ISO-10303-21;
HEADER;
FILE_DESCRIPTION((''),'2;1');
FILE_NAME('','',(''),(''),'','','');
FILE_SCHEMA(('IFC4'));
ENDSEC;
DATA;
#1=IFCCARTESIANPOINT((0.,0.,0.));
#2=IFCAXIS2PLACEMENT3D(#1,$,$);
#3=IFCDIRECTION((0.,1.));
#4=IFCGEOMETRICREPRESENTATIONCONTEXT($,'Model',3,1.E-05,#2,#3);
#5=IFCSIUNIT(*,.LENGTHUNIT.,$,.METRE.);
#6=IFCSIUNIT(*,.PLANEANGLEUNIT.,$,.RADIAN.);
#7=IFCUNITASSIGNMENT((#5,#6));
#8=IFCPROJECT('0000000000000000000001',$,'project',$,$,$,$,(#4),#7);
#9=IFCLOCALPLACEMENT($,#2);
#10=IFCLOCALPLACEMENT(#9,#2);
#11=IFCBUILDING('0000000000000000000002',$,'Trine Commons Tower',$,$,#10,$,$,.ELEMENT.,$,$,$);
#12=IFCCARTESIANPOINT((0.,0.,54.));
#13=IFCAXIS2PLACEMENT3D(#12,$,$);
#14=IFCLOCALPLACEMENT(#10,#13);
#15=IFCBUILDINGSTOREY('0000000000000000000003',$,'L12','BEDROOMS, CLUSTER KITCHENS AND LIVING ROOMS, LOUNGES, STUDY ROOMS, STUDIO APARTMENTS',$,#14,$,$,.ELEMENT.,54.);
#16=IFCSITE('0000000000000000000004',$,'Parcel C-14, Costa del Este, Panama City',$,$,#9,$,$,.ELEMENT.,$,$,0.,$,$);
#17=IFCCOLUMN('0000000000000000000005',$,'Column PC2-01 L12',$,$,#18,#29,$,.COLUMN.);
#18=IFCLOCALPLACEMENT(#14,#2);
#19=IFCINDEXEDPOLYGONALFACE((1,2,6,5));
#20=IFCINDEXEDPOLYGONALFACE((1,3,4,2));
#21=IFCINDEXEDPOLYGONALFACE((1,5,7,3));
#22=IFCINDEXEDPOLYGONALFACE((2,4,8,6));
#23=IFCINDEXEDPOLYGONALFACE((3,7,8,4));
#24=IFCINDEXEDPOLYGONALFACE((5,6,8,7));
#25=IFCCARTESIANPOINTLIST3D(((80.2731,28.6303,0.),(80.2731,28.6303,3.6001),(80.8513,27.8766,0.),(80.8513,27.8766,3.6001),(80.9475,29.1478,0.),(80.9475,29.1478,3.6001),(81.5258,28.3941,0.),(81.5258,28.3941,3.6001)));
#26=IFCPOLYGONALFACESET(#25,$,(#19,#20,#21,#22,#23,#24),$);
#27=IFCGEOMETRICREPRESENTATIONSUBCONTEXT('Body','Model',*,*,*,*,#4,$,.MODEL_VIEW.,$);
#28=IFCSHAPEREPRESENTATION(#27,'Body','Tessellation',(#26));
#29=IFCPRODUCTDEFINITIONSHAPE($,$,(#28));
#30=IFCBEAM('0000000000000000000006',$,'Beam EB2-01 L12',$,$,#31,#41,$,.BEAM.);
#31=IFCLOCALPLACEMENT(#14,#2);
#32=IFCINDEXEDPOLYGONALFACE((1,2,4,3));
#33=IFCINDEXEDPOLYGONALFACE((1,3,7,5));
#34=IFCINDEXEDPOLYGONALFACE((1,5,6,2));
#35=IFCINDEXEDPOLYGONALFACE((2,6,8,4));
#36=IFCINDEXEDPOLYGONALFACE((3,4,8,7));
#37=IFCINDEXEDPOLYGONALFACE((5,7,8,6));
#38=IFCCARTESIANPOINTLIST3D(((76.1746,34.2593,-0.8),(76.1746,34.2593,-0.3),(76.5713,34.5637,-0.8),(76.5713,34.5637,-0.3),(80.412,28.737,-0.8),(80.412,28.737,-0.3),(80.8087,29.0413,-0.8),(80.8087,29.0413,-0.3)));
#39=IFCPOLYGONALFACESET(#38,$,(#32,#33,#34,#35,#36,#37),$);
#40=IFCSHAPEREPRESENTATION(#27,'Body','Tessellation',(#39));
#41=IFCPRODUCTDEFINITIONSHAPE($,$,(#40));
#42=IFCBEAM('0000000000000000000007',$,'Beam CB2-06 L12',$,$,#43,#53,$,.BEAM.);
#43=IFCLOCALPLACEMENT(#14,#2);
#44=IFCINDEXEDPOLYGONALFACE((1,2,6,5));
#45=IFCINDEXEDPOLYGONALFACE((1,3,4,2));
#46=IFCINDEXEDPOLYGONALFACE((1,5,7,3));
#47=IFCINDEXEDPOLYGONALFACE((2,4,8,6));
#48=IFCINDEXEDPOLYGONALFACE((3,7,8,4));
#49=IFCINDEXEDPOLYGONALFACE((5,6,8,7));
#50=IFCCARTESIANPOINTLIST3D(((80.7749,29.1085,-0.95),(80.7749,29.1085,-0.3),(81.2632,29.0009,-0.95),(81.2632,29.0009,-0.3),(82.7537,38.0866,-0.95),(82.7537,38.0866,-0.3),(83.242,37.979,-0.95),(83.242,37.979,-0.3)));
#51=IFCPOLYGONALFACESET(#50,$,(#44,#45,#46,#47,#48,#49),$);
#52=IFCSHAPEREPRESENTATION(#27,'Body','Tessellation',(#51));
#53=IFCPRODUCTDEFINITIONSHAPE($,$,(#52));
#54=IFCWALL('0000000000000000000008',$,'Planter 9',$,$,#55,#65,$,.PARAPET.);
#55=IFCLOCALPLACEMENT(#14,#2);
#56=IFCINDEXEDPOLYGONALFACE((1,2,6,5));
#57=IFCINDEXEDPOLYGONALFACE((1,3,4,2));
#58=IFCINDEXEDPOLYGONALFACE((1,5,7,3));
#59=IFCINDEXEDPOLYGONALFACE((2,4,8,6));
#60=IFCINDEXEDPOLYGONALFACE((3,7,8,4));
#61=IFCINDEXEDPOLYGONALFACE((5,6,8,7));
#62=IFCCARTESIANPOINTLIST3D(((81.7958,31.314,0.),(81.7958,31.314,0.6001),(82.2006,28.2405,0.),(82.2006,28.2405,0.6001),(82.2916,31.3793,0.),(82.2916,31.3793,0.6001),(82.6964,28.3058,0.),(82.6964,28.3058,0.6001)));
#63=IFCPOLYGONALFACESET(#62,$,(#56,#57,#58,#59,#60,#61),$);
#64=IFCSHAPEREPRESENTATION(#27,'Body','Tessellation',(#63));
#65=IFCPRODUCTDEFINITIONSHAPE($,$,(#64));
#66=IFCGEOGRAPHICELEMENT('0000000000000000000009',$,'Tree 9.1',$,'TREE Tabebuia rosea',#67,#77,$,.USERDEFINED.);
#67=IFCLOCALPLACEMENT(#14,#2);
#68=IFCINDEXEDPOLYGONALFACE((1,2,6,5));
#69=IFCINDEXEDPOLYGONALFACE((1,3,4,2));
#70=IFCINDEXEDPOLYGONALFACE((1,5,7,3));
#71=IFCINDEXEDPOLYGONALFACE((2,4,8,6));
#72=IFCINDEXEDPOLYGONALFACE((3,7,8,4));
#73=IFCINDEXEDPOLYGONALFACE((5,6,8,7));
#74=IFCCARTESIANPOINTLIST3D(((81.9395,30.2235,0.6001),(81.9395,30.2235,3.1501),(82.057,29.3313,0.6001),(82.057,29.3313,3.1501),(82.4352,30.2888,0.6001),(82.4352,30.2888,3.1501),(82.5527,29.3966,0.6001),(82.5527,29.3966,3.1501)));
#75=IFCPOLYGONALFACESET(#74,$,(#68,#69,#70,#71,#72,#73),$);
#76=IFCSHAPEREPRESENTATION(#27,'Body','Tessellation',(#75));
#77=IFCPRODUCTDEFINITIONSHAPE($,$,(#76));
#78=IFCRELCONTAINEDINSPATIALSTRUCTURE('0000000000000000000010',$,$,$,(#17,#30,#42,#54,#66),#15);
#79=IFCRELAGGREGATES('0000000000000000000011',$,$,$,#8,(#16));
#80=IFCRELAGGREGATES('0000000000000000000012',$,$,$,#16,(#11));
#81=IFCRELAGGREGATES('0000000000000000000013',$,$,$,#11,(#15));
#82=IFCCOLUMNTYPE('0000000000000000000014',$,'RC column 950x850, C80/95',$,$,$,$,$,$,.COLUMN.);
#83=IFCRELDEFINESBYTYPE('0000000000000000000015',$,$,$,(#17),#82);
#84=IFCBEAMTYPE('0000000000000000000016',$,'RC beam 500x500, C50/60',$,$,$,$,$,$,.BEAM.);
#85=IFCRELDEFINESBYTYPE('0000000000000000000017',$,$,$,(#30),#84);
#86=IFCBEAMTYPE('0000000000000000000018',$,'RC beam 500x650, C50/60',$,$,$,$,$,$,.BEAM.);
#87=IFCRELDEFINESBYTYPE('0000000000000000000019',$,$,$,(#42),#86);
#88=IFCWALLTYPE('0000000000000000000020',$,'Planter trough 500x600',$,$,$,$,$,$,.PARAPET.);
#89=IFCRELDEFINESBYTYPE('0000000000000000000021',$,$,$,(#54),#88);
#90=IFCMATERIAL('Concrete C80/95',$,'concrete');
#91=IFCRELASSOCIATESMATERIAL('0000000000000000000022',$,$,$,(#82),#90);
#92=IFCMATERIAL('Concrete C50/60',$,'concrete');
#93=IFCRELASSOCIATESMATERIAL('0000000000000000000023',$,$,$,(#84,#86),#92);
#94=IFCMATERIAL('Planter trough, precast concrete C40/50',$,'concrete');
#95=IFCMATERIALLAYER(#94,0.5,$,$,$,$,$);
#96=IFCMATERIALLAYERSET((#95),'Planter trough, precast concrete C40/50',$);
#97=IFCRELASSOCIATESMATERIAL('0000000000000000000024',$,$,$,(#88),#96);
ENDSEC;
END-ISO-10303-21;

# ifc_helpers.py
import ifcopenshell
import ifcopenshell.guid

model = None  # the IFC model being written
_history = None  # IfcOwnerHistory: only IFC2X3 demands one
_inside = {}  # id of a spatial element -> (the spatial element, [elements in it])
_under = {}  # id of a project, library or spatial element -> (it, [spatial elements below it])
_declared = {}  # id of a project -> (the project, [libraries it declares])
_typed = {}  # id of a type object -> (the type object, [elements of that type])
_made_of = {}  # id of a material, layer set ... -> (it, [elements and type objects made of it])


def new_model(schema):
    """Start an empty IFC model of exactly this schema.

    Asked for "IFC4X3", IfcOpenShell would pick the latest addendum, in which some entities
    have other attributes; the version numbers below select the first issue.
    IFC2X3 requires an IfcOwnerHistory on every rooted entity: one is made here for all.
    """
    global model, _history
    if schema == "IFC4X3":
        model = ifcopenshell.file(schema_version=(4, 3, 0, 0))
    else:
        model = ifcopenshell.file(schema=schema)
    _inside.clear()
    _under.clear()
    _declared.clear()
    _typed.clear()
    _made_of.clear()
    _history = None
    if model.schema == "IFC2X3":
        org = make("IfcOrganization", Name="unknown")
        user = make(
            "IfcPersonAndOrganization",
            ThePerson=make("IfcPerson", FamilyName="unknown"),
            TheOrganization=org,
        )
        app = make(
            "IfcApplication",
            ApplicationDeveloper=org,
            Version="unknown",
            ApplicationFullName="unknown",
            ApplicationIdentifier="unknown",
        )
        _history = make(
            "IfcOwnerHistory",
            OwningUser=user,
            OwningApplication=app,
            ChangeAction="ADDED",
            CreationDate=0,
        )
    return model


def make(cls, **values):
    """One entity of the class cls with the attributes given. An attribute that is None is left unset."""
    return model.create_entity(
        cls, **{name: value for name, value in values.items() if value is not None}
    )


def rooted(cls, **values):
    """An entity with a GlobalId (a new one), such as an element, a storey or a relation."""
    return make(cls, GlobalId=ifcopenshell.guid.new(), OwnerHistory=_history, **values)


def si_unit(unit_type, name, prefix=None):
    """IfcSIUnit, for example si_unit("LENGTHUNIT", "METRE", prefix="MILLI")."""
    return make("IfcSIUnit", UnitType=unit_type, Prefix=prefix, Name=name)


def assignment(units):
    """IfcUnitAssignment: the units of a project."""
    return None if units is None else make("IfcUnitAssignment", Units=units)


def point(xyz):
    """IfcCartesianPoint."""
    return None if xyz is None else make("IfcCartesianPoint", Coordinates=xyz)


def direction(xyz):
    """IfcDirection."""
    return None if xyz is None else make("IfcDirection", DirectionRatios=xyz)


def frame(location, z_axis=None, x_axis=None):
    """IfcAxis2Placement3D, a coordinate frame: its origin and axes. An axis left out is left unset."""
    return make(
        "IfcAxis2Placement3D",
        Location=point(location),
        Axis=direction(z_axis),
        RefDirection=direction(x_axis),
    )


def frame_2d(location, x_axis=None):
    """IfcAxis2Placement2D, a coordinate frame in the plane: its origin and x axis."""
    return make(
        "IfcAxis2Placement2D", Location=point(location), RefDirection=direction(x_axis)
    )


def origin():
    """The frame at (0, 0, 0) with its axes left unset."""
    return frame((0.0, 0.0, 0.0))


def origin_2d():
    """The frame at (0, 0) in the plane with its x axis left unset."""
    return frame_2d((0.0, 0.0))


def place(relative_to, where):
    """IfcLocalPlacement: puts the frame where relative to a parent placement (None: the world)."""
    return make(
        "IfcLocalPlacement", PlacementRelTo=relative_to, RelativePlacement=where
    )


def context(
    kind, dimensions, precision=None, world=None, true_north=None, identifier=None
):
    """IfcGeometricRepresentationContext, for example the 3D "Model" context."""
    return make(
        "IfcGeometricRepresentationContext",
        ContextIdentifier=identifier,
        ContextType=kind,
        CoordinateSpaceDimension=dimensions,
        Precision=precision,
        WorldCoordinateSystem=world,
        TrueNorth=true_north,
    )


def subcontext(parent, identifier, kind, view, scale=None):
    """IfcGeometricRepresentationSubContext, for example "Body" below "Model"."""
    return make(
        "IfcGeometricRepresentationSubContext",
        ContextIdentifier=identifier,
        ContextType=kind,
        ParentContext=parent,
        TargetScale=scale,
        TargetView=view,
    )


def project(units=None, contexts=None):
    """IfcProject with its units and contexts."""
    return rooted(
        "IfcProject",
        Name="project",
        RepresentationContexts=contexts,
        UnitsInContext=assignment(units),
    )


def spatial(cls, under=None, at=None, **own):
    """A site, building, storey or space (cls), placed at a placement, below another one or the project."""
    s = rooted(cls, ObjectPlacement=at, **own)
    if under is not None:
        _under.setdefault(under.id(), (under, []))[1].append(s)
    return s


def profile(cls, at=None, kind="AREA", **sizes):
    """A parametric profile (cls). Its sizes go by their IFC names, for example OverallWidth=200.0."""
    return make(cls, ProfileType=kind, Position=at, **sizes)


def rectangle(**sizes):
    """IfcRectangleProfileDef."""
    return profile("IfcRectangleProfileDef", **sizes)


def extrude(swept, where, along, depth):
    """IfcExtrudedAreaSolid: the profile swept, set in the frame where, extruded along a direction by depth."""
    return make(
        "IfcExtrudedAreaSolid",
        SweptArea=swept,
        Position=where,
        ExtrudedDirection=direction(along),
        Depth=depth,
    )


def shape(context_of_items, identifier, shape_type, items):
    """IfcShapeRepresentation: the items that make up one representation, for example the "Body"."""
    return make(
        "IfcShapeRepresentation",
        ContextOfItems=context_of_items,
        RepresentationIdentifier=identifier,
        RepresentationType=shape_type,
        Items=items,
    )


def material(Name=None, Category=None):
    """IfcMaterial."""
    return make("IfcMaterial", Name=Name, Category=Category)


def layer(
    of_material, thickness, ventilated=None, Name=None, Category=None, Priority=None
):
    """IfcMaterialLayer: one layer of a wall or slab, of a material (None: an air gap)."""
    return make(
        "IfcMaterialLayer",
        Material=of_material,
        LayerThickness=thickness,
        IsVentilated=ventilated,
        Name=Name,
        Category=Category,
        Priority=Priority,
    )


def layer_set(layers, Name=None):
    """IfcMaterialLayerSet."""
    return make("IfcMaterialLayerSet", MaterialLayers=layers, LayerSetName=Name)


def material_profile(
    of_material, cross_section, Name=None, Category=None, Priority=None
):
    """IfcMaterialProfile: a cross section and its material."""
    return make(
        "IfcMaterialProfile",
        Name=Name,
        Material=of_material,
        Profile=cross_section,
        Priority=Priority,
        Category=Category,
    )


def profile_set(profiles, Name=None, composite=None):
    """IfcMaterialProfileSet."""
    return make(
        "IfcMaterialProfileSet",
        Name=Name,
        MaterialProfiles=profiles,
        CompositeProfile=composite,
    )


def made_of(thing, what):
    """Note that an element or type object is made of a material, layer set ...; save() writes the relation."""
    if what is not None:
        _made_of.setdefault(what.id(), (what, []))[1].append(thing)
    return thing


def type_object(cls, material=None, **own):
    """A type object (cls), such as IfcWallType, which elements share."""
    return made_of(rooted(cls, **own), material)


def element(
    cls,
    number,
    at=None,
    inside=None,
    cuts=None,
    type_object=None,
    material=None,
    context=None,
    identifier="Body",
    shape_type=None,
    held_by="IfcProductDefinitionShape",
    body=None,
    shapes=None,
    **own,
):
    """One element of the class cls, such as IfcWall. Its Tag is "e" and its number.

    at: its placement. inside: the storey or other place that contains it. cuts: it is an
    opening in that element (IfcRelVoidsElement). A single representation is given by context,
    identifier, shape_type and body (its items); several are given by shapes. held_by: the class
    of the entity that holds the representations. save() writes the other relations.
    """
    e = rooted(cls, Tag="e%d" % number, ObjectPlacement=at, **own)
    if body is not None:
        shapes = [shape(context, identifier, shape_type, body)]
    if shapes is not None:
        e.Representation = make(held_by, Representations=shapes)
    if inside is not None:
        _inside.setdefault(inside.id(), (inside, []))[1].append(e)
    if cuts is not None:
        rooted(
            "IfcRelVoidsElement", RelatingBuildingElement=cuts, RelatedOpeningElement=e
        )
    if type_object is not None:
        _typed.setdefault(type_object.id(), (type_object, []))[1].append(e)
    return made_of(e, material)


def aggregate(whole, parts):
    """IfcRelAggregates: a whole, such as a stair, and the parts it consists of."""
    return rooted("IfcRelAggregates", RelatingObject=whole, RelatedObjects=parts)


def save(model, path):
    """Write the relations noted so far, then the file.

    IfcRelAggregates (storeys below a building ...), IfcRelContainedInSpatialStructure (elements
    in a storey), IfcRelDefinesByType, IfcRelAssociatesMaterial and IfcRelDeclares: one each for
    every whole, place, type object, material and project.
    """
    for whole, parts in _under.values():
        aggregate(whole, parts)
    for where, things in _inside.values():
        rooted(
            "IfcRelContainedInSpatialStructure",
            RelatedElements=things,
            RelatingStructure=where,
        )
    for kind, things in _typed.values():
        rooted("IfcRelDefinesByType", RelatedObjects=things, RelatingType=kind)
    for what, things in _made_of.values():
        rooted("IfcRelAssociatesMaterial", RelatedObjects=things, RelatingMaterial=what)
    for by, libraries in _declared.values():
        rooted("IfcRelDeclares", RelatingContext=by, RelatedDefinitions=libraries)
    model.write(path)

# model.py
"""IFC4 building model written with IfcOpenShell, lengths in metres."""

from ifc_helpers import new_model, si_unit, direction, frame, frame_2d, origin, origin_2d, place, context, subcontext, project, spatial, rectangle, extrude, material, layer, layer_set, material_profile, profile_set, type_object, element, save


model = new_model("IFC4")

# Units and contexts
model_context = context("Model", 3, precision=1e-05, world=origin(), true_north=direction((0.0, 1.0)))
body_context = subcontext(model_context, "Body", "Model", "MODEL_VIEW")
ifc_project = project(units=[si_unit("LENGTHUNIT", "METRE"), si_unit("PLANEANGLEUNIT", "RADIAN")], contexts=[model_context])

# Site, building, storey
site_placement = place(None, origin())
site = spatial("IfcSite", under=ifc_project, at=site_placement, Name="Parcel C-14, Costa del Este, Panama City", CompositionType="ELEMENT", RefElevation=0.0)
building_placement = place(site_placement, origin())
building = spatial("IfcBuilding", under=site, at=building_placement, Name="Trine Commons Tower", CompositionType="ELEMENT")
storey_placement = place(building_placement, frame((0.0, 0.0, 54.0)))
storey = spatial("IfcBuildingStorey", under=building, at=storey_placement, Name="L12", Description="BEDROOMS, CLUSTER KITCHENS AND LIVING ROOMS, LOUNGES, STUDY ROOMS, STUDIO APARTMENTS", CompositionType="ELEMENT", Elevation=54.0)

# Column
ifc_material_1 = material(Name="Concrete C80/95", Category="concrete")
ifc_material_profile_1 = material_profile(ifc_material_1, rectangle(XDim=0.95, YDim=0.8501, at=origin_2d()), Name="RC 950x850")
ifc_profile_set_1 = profile_set([ifc_material_profile_1], Name="Concrete C80/95")
column_type = type_object("IfcColumnType", Name="RC column 950x850, C80/95", PredefinedType="COLUMN", material=ifc_profile_set_1)
column_placement = place(storey_placement, frame((80.8994, 28.5122, 0.0), z_axis=(0.0, 0.0, 1.0), x_axis=(-0.608761, 0.793353, 0.0)))
element("IfcColumn", 1, at=column_placement, inside=storey, type_object=column_type, Name="Column PC2-01 L12", PredefinedType="COLUMN", context=body_context, shape_type="SweptSolid", body=[
    extrude(rectangle(XDim=0.95, YDim=0.8501, at=origin_2d()), origin(), (0.0, 0.0, 1.0), 3.6001),
])

# Beams
ifc_material_2 = material(Name="Concrete C50/60", Category="concrete")
ifc_material_profile_2 = material_profile(ifc_material_2, rectangle(XDim=0.5, YDim=0.5, at=origin_2d()), Name="RC 500x500")
ifc_profile_set_2 = profile_set([ifc_material_profile_2], Name="Concrete C50/60")
beam_type_1 = type_object("IfcBeamType", Name="RC beam 500x500, C50/60", PredefinedType="BEAM", material=ifc_profile_set_2)
beam_1_placement = place(storey_placement, frame((80.6104, 28.8892, -0.55), z_axis=(-0.608758, 0.793356, 0.0), x_axis=(-0.793356, -0.608758, 0.0)))
element("IfcBeam", 2, at=beam_1_placement, inside=storey, type_object=beam_type_1, Name="Beam EB2-01 L12", PredefinedType="BEAM", context=body_context, shape_type="SweptSolid", body=[
    extrude(rectangle(XDim=0.5, YDim=0.5, at=origin_2d()), origin(), (0.0, 0.0, 1.0), 6.9607),
])
ifc_material_profile_3 = material_profile(ifc_material_2, rectangle(XDim=0.5, YDim=0.6499, at=origin_2d()), Name="RC 500x650")
ifc_profile_set_3 = profile_set([ifc_material_profile_3], Name="Concrete C50/60")
beam_type_2 = type_object("IfcBeamType", Name="RC beam 500x650, C50/60", PredefinedType="BEAM", material=ifc_profile_set_3)
beam_2_placement = place(storey_placement, frame((81.019, 29.0547, -0.625), z_axis=(0.215235, 0.976562, 0.0), x_axis=(-0.976562, 0.215235, 0.0)))
element("IfcBeam", 3, at=beam_2_placement, inside=storey, type_object=beam_type_2, Name="Beam CB2-06 L12", PredefinedType="BEAM", context=body_context, shape_type="SweptSolid", body=[
    extrude(rectangle(XDim=0.5, YDim=0.6499, at=origin_2d()), origin(), (0.0, 0.0, 1.0), 9.1936),
])

# Wall
ifc_material_3 = material(Name="Planter trough, precast concrete C40/50", Category="concrete")
ifc_layer_1 = layer(ifc_material_3, 0.5)
ifc_layer_set_1 = layer_set([ifc_layer_1], Name="Planter trough, precast concrete C40/50")
wall_type_1 = type_object("IfcWallType", Name="Planter trough 500x600", PredefinedType="PARAPET", material=ifc_layer_set_1)
wall_1_placement = place(storey_placement, frame((82.0437, 31.3467, 0.0), z_axis=(0.0, 0.0, 1.0), x_axis=(0.130575, -0.991438, 0.0)))
element("IfcWall", 4, at=wall_1_placement, inside=storey, type_object=wall_type_1, Name="Planter 9", PredefinedType="PARAPET", context=body_context, shape_type="SweptSolid", body=[
    extrude(rectangle(XDim=3.1001, YDim=0.5, at=frame_2d((1.55, 0.0))), origin(), (0.0, 0.0, 1.0), 0.6001),
])

# Geographic element
geographic_element_placement = place(storey_placement, frame((82.2461, 29.8101, 0.6001), z_axis=(0.0, 0.0, 1.0), x_axis=(0.130547, -0.991442, 0.0)))
element("IfcGeographicElement", 5, at=geographic_element_placement, inside=storey, Name="Tree 9.1", ObjectType="TREE Tabebuia rosea", PredefinedType="USERDEFINED", context=body_context, shape_type="SweptSolid", body=[
    extrude(rectangle(XDim=0.8999, YDim=0.5, at=origin_2d()), origin(), (0.0, 0.0, 1.0), 2.55),
])

save(model, "model.ifc")
